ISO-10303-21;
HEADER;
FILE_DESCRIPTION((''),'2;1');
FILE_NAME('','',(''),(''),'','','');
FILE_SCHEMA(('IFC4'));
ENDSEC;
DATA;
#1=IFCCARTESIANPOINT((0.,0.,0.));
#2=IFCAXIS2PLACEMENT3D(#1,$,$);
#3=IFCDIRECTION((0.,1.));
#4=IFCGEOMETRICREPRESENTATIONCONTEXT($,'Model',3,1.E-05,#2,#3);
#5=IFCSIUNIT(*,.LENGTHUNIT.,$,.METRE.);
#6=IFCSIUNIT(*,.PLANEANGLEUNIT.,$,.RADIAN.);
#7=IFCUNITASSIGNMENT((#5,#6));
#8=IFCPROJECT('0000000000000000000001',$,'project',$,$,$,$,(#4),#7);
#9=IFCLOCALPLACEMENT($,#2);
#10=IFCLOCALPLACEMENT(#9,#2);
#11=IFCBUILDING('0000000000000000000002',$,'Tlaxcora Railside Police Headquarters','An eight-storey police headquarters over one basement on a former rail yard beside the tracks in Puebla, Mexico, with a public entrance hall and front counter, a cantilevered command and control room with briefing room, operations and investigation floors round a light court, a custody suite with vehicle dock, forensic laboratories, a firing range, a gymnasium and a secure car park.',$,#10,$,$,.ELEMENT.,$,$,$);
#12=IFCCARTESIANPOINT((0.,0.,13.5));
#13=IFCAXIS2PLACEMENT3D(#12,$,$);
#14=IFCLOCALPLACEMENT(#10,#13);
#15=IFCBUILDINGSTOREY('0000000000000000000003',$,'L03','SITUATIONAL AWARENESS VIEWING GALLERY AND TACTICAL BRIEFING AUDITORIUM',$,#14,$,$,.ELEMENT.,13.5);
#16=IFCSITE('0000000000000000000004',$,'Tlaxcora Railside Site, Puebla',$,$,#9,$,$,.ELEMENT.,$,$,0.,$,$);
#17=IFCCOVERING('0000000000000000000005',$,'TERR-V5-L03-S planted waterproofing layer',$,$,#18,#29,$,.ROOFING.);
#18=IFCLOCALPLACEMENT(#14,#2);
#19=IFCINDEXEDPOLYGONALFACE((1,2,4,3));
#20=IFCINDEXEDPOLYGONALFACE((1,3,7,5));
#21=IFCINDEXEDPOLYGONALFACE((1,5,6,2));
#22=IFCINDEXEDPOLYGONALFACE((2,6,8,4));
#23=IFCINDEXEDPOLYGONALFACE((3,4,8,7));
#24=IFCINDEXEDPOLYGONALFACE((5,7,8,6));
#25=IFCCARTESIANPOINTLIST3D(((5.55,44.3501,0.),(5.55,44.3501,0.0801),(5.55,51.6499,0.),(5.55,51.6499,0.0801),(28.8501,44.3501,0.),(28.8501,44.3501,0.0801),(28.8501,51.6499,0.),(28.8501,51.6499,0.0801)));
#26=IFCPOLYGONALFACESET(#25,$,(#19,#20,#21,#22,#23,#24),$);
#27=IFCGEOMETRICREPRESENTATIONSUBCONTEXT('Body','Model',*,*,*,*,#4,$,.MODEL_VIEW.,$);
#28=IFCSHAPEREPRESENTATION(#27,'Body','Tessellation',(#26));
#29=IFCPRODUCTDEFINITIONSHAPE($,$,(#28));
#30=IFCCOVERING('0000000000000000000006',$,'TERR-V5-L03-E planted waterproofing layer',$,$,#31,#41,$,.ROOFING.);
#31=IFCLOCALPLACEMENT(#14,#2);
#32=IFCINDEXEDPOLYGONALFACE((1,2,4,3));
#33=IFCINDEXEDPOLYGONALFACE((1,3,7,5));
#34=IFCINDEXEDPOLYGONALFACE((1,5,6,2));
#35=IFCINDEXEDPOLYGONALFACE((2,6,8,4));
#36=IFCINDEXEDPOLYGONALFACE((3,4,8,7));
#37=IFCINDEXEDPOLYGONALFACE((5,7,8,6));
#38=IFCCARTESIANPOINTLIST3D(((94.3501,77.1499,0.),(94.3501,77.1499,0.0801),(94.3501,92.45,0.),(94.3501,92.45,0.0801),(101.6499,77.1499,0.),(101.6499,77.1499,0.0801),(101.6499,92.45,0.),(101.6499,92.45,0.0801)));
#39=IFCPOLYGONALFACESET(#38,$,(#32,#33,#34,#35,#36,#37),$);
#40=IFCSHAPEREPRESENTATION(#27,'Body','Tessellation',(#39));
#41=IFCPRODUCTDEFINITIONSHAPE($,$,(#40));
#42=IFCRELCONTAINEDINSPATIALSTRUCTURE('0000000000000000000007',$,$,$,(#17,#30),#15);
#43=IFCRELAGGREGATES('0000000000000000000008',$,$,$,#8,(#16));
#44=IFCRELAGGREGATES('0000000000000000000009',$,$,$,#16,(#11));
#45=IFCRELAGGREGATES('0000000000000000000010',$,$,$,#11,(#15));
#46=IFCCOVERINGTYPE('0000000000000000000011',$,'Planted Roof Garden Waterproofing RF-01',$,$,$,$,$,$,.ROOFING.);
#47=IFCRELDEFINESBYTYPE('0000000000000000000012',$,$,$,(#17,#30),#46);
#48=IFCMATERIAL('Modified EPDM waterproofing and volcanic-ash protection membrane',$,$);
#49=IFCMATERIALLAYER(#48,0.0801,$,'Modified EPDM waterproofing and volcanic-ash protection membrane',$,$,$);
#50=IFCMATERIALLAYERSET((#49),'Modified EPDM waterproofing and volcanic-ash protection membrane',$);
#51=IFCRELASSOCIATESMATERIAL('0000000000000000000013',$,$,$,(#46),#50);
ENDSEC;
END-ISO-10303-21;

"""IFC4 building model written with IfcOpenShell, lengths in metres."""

from ifc_helpers import new_model, si_unit, direction, frame, origin, place, context, subcontext, project, spatial, polyline, outline, extrude, material, layer, layer_set, type_object, element, save


model = new_model("IFC4")

# Units and contexts
model_context = context("Model", 3, precision=1e-05, world=origin(), true_north=direction((0.0, 1.0)))
body_context = subcontext(model_context, "Body", "Model", "MODEL_VIEW")
ifc_project = project(units=[si_unit("LENGTHUNIT", "METRE"), si_unit("PLANEANGLEUNIT", "RADIAN")], contexts=[model_context])

# Site, building, storey
site_placement = place(None, origin())
site = spatial("IfcSite", under=ifc_project, at=site_placement, Name="Tlaxcora Railside Site, Puebla", CompositionType="ELEMENT", RefElevation=0.0)
building_placement = place(site_placement, origin())
building = spatial("IfcBuilding", under=site, at=building_placement, Name="Tlaxcora Railside Police Headquarters", Description="An eight-storey police headquarters over one basement on a former rail yard beside the tracks in Puebla, Mexico, with a public entrance hall and front counter, a cantilevered command and control room with briefing room, operations and investigation floors round a light court, a custody suite with vehicle dock, forensic laboratories, a firing range, a gymnasium and a secure car park.", CompositionType="ELEMENT")
storey_placement = place(building_placement, frame((0.0, 0.0, 13.5)))
storey = spatial("IfcBuildingStorey", under=building, at=storey_placement, Name="L03", Description="SITUATIONAL AWARENESS VIEWING GALLERY AND TACTICAL BRIEFING AUDITORIUM", CompositionType="ELEMENT", Elevation=13.5)

# Coverings
ifc_material_1 = material(Name="Modified EPDM waterproofing and volcanic-ash protection membrane")
ifc_layer_1 = layer(ifc_material_1, 0.0801, Name="Modified EPDM waterproofing and volcanic-ash protection membrane")
ifc_layer_set_1 = layer_set([ifc_layer_1], Name="Modified EPDM waterproofing and volcanic-ash protection membrane")
covering_type = type_object("IfcCoveringType", Name="Planted Roof Garden Waterproofing RF-01", PredefinedType="ROOFING", material=ifc_layer_set_1)
covering_1_placement = place(storey_placement, origin())
element("IfcCovering", 1, at=covering_1_placement, inside=storey, type_object=covering_type, Name="TERR-V5-L03-S planted waterproofing layer", PredefinedType="ROOFING", context=body_context, shape_type="SweptSolid", body=[
    extrude(outline(polyline([(28.8501, 44.3501), (28.8501, 51.6499), (5.55, 51.6499), (5.55, 44.3501), (28.8501, 44.3501)])), origin(), (0.0, 0.0, 1.0), 0.0801),
])
covering_2_placement = place(storey_placement, origin())
element("IfcCovering", 2, at=covering_2_placement, inside=storey, type_object=covering_type, Name="TERR-V5-L03-E planted waterproofing layer", PredefinedType="ROOFING", context=body_context, shape_type="SweptSolid", body=[
    extrude(outline(polyline([(101.6499, 77.1499), (101.6499, 92.45), (94.3501, 92.45), (94.3501, 77.1499), (101.6499, 77.1499)])), origin(), (0.0, 0.0, 1.0), 0.0801),
])

save(model, "model.ifc")
